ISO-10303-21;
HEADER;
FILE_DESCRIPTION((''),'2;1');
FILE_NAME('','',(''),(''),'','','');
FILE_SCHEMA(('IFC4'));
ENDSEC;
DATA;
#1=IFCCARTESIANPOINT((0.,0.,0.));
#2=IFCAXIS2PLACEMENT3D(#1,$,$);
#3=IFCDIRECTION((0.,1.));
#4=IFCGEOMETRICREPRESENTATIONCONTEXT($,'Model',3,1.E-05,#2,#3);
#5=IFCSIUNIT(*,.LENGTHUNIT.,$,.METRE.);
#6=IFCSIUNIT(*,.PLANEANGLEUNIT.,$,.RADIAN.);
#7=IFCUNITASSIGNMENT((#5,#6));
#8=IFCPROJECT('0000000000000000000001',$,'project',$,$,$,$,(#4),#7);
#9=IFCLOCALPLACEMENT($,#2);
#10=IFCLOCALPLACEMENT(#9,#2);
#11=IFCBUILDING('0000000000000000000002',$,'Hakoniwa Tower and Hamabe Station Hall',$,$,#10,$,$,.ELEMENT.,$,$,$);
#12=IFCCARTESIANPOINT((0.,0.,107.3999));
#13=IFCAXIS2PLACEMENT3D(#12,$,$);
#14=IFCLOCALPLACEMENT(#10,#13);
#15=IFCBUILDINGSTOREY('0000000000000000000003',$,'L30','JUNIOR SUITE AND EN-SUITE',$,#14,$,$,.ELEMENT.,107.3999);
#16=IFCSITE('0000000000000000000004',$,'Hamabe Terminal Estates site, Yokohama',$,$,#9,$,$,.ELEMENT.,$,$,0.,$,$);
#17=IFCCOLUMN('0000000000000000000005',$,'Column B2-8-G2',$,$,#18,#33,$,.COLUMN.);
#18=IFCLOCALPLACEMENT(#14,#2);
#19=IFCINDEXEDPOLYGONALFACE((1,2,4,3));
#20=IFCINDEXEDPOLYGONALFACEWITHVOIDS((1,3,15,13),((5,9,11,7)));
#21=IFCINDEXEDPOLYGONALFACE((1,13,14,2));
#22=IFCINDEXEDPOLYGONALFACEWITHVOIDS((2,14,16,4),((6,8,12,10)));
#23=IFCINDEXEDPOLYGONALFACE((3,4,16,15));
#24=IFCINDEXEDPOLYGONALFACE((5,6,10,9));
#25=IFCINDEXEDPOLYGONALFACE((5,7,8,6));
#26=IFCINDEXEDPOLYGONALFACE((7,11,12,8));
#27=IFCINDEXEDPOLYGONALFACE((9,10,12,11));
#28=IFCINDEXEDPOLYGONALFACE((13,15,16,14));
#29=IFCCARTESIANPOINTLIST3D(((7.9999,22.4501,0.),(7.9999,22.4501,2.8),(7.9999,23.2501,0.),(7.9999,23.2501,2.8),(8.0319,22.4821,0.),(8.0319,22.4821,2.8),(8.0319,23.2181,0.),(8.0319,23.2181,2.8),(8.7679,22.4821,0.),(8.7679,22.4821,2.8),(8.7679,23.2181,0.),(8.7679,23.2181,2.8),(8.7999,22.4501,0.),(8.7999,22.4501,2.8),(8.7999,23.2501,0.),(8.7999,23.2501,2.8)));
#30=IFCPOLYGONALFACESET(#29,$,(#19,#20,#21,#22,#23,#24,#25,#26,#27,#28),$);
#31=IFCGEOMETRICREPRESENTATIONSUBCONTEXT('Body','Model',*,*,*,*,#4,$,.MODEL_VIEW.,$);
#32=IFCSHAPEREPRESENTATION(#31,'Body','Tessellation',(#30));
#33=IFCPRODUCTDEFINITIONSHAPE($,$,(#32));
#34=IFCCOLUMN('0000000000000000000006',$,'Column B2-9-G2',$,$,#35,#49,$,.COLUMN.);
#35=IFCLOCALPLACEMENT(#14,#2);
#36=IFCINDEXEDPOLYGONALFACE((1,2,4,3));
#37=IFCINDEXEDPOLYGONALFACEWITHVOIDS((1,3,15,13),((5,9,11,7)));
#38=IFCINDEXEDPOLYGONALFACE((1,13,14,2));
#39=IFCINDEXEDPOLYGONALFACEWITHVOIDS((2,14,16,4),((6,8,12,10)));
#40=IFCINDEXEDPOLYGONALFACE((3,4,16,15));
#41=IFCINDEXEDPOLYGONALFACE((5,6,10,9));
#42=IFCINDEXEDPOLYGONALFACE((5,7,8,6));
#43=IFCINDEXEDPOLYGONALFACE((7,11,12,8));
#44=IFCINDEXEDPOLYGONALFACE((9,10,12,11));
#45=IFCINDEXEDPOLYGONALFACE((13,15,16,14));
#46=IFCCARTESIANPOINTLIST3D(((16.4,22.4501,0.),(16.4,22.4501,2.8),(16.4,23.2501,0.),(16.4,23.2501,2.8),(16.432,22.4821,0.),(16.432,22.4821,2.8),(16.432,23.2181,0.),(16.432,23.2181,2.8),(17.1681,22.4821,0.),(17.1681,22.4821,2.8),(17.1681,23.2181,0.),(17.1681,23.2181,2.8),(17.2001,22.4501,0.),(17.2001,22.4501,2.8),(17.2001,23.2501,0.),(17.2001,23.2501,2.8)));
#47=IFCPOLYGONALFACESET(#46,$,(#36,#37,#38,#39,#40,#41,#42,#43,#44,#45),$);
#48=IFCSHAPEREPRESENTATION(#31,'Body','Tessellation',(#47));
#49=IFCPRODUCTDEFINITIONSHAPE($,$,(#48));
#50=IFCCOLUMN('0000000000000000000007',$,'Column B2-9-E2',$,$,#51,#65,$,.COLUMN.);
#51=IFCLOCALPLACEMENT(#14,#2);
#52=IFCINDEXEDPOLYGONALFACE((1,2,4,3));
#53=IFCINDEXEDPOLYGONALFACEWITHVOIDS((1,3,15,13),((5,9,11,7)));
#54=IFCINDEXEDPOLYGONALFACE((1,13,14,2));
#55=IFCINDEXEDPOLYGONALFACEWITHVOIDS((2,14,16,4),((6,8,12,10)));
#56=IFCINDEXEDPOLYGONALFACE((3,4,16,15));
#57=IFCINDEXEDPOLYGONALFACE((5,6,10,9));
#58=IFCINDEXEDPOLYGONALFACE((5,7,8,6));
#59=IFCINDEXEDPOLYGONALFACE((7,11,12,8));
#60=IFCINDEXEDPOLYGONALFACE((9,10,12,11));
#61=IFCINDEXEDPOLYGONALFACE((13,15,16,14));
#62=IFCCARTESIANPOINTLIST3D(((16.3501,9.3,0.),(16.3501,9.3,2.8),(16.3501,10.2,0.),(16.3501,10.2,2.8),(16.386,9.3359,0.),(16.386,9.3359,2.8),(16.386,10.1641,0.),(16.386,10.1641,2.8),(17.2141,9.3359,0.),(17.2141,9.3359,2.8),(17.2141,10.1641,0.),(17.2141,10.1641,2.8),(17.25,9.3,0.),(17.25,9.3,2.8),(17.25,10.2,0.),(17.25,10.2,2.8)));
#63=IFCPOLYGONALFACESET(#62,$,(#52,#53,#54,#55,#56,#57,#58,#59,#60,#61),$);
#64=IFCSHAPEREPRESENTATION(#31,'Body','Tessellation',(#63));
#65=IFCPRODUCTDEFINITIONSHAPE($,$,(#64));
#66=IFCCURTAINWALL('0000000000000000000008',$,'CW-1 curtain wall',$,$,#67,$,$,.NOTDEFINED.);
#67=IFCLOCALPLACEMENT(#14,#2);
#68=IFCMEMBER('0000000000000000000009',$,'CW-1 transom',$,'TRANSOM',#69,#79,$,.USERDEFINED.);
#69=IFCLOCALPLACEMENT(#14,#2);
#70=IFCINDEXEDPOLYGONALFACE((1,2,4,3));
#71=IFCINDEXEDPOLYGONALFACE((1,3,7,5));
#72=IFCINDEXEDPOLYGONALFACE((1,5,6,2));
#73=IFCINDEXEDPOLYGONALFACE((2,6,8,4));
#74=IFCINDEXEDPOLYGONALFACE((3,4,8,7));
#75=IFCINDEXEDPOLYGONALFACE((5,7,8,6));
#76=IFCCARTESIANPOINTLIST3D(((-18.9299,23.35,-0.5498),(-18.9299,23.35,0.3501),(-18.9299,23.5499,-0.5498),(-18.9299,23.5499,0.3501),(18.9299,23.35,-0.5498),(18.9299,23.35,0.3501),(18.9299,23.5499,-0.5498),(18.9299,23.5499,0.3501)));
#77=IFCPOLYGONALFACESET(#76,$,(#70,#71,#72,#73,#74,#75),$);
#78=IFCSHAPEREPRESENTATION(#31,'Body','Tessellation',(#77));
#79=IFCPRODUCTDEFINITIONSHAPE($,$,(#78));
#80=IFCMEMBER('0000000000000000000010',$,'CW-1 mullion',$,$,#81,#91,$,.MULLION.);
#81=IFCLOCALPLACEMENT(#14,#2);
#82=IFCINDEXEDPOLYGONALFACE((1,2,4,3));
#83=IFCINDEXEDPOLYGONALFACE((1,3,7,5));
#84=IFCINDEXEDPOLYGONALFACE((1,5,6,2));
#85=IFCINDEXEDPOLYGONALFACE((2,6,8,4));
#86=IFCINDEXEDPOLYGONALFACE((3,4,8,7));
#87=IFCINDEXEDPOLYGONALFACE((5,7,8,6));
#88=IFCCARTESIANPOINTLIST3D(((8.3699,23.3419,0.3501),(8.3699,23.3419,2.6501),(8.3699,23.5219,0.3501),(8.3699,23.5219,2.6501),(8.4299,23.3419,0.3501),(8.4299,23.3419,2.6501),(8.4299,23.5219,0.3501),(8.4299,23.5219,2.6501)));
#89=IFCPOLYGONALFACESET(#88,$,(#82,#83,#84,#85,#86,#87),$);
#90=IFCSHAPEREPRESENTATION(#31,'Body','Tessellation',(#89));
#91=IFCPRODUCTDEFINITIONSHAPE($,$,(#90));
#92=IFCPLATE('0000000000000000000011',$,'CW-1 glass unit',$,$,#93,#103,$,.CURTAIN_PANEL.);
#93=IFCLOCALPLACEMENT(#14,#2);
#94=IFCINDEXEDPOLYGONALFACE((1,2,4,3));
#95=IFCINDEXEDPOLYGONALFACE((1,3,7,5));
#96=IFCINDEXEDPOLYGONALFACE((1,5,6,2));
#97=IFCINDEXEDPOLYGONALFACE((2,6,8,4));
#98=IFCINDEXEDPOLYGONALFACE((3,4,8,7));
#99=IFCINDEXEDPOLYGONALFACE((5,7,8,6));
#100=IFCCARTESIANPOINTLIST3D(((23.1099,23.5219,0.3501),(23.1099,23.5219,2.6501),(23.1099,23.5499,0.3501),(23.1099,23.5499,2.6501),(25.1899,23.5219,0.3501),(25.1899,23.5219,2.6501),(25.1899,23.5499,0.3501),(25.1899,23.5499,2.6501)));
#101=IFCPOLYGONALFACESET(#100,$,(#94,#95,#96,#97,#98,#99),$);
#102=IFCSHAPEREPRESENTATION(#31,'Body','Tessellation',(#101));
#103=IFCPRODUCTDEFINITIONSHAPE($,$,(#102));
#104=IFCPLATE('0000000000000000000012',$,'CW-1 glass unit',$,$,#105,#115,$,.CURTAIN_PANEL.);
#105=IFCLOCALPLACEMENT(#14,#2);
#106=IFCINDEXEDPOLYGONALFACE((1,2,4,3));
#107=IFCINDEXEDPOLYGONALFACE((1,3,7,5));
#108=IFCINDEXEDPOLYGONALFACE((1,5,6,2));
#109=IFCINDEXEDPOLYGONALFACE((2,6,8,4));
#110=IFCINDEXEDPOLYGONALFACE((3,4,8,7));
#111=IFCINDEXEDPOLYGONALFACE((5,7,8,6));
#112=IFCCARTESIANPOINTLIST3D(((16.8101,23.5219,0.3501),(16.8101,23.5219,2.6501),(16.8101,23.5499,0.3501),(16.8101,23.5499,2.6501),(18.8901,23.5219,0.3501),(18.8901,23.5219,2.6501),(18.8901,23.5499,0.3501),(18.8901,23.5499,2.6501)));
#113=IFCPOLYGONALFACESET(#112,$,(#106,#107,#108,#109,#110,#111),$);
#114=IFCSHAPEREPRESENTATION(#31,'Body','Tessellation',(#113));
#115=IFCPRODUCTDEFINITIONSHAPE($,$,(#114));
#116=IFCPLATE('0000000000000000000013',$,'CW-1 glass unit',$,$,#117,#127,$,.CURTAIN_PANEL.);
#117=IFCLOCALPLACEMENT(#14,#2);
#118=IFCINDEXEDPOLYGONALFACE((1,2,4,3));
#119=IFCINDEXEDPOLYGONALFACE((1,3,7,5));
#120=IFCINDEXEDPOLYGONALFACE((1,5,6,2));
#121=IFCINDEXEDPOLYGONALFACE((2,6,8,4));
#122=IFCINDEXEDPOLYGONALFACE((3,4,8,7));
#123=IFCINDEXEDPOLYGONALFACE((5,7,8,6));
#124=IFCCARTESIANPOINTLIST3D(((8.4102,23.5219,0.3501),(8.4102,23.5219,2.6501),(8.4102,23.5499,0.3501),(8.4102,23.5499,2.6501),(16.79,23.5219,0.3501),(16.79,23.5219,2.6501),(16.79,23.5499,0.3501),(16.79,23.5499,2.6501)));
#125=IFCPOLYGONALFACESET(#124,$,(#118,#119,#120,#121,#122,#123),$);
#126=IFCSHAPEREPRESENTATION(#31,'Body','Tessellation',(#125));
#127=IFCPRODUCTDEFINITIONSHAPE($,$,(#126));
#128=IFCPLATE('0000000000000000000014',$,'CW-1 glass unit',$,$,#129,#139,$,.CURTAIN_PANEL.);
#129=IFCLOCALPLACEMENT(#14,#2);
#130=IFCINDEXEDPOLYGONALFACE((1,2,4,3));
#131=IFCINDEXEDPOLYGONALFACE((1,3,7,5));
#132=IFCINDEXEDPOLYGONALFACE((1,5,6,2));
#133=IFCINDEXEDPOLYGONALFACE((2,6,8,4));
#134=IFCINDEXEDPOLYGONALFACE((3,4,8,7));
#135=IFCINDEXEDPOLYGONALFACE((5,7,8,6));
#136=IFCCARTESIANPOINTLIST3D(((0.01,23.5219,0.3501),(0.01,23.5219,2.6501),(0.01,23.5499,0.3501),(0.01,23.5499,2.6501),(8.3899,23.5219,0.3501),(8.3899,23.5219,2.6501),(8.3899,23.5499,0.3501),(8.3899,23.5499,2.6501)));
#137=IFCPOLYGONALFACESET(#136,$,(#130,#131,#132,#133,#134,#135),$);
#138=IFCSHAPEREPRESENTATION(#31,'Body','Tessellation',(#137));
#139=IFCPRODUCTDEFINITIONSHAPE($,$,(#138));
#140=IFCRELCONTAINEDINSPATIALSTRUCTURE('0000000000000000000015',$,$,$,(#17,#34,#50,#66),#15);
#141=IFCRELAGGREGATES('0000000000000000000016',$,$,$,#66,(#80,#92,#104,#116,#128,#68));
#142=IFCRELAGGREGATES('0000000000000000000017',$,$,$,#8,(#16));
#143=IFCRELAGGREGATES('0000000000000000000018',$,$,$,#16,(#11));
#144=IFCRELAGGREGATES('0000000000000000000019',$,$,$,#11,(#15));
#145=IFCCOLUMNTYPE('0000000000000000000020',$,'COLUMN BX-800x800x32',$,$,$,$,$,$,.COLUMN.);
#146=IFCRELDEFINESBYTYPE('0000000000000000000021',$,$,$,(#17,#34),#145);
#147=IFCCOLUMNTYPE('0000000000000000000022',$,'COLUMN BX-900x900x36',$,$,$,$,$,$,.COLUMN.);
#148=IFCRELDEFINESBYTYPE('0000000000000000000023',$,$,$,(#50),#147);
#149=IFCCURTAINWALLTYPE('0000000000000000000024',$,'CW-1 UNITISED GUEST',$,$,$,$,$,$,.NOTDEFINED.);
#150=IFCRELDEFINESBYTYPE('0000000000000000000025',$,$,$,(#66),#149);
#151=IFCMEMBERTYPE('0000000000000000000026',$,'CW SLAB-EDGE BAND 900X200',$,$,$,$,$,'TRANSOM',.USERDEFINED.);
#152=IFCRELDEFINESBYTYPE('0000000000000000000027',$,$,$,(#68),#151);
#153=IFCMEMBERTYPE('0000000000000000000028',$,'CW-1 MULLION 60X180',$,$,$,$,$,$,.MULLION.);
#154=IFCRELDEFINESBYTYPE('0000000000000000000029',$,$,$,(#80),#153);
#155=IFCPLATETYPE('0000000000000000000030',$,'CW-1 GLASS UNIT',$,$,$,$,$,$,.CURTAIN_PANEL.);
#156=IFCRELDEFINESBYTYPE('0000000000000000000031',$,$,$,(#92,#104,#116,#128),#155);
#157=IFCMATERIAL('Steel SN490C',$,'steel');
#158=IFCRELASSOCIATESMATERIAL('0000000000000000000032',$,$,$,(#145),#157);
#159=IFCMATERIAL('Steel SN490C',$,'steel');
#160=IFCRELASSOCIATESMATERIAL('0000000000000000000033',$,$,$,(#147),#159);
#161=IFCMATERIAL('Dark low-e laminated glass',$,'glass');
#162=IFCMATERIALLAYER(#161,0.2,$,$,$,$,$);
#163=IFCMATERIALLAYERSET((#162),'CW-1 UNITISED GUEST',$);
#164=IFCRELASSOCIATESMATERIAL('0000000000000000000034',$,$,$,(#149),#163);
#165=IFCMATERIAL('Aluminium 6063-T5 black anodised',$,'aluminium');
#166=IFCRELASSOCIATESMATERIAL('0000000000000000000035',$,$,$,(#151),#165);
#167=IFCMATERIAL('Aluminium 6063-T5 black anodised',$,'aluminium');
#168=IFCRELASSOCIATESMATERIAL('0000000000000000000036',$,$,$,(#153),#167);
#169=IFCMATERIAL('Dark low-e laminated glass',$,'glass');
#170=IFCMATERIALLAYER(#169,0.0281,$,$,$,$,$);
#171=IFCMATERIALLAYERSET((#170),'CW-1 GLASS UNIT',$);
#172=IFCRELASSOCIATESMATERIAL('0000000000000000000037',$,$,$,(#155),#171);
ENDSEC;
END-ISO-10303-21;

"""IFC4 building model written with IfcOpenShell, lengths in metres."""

from ifc_helpers import new_model, si_unit, direction, frame, origin, origin_2d, place, context, subcontext, project, spatial, rectangle, hollow_rectangle, extrude, material, layer, layer_set, material_profile, profile_set, type_object, element, aggregate, save


model = new_model("IFC4")

# Units and contexts
model_context = context("Model", 3, precision=1e-05, world=origin(), true_north=direction((0.0, 1.0)))
body_context = subcontext(model_context, "Body", "Model", "MODEL_VIEW")
ifc_project = project(units=[si_unit("LENGTHUNIT", "METRE"), si_unit("PLANEANGLEUNIT", "RADIAN")], contexts=[model_context])

# Site, building, storey
site_placement = place(None, origin())
site = spatial("IfcSite", under=ifc_project, at=site_placement, Name="Hamabe Terminal Estates site, Yokohama", CompositionType="ELEMENT", RefElevation=0.0)
building_placement = place(site_placement, origin())
building = spatial("IfcBuilding", under=site, at=building_placement, Name="Hakoniwa Tower and Hamabe Station Hall", CompositionType="ELEMENT")
storey_placement = place(building_placement, frame((0.0, 0.0, 107.3999)))
storey = spatial("IfcBuildingStorey", under=building, at=storey_placement, Name="L30", Description="JUNIOR SUITE AND EN-SUITE", CompositionType="ELEMENT", Elevation=107.3999)

# Columns
ifc_material_1 = material(Name="Steel SN490C", Category="steel")
ifc_material_profile_1 = material_profile(ifc_material_1, hollow_rectangle(XDim=0.8, YDim=0.8, WallThickness=0.032, at=origin_2d()), Name="BX-800x800x32")
ifc_profile_set_1 = profile_set([ifc_material_profile_1], Name="Steel SN490C")
column_type_1 = type_object("IfcColumnType", Name="COLUMN BX-800x800x32", PredefinedType="COLUMN", material=ifc_profile_set_1)
for number, where, z_axis, x_axis, name in (
    (1, (8.3999, 22.8501, 0.0), (0.0, 0.0, 1.0), (1.0, 0.0, 0.0), "Column B2-8-G2"),
    (2, (16.8, 22.8501, 0.0), (0.0, 0.0, 1.0), (1.0, 0.0, 0.0), "Column B2-9-G2"),
):
    element("IfcColumn", number, at=place(storey_placement, frame(where, z_axis=z_axis, x_axis=x_axis)), inside=storey, type_object=column_type_1, Name=name, PredefinedType="COLUMN", context=body_context, shape_type="SweptSolid", body=[
        extrude(hollow_rectangle(XDim=0.8, YDim=0.8, WallThickness=0.032, at=origin_2d()), origin(), (0.0, 0.0, 1.0), 2.8),
    ])
ifc_material_2 = material(Name="Steel SN490C", Category="steel")
ifc_material_profile_2 = material_profile(ifc_material_2, hollow_rectangle(XDim=0.8999, YDim=0.8999, WallThickness=0.0359, at=origin_2d()), Name="BX-900x900x36")
ifc_profile_set_2 = profile_set([ifc_material_profile_2], Name="Steel SN490C")
column_type_2 = type_object("IfcColumnType", Name="COLUMN BX-900x900x36", PredefinedType="COLUMN", material=ifc_profile_set_2)
column_placement = place(storey_placement, frame((16.8, 9.75, 0.0), z_axis=(0.0, 0.0, 1.0), x_axis=(1.0, 0.0, 0.0)))
element("IfcColumn", 3, at=column_placement, inside=storey, type_object=column_type_2, Name="Column B2-9-E2", PredefinedType="COLUMN", context=body_context, shape_type="SweptSolid", body=[
    extrude(hollow_rectangle(XDim=0.8999, YDim=0.8999, WallThickness=0.0359, at=origin_2d()), origin(), (0.0, 0.0, 1.0), 2.8),
])

# Curtain wall, members, plates
ifc_material_3 = material(Name="Dark low-e laminated glass", Category="glass")
ifc_layer_1 = layer(ifc_material_3, 0.2)
ifc_layer_set_1 = layer_set([ifc_layer_1], Name="CW-1 UNITISED GUEST")
curtain_wall_type = type_object("IfcCurtainWallType", Name="CW-1 UNITISED GUEST", PredefinedType="NOTDEFINED", material=ifc_layer_set_1)
curtain_wall_placement = place(storey_placement, origin())
curtain_wall = element("IfcCurtainWall", 4, at=curtain_wall_placement, inside=storey, type_object=curtain_wall_type, Name="CW-1 curtain wall", PredefinedType="NOTDEFINED")
ifc_material_4 = material(Name="Aluminium 6063-T5 black anodised", Category="aluminium")
ifc_material_profile_3 = material_profile(ifc_material_4, rectangle(XDim=0.2, YDim=0.8999, at=origin_2d()), Name="CW SLAB-EDGE BAND 900X200")
ifc_profile_set_3 = profile_set([ifc_material_profile_3], Name="Aluminium 6063-T5 black anodised")
member_type_1 = type_object("IfcMemberType", Name="CW SLAB-EDGE BAND 900X200", ElementType="TRANSOM", PredefinedType="USERDEFINED", material=ifc_profile_set_3)
member_1_placement = place(storey_placement, frame((18.9299, 23.45, -0.0999), z_axis=(-1.0, 0.0, 0.0), x_axis=(0.0, -1.0, 0.0)))
member_1 = element("IfcMember", 5, at=member_1_placement, type_object=member_type_1, Name="CW-1 transom", ObjectType="TRANSOM", PredefinedType="USERDEFINED", context=body_context, shape_type="SweptSolid", body=[
    extrude(rectangle(XDim=0.2, YDim=0.8999, at=origin_2d()), origin(), (0.0, 0.0, 1.0), 37.8599),
])
ifc_material_5 = material(Name="Aluminium 6063-T5 black anodised", Category="aluminium")
ifc_material_profile_4 = material_profile(ifc_material_5, rectangle(XDim=0.0601, YDim=0.1799, at=origin_2d()), Name="CW-1 MULLION 60X180")
ifc_profile_set_4 = profile_set([ifc_material_profile_4], Name="Aluminium 6063-T5 black anodised")
member_type_2 = type_object("IfcMemberType", Name="CW-1 MULLION 60X180", PredefinedType="MULLION", material=ifc_profile_set_4)
member_2_placement = place(storey_placement, frame((8.3999, 23.4319, 0.3501), z_axis=(0.0, 0.0, 1.0), x_axis=(-1.0, 0.0, 0.0)))
member_2 = element("IfcMember", 6, at=member_2_placement, type_object=member_type_2, Name="CW-1 mullion", PredefinedType="MULLION", context=body_context, shape_type="SweptSolid", body=[
    extrude(rectangle(XDim=0.0601, YDim=0.1799, at=origin_2d()), origin(), (0.0, 0.0, 1.0), 2.3),
])
ifc_material_6 = material(Name="Dark low-e laminated glass", Category="glass")
ifc_layer_2 = layer(ifc_material_6, 0.0281)
ifc_layer_set_2 = layer_set([ifc_layer_2], Name="CW-1 GLASS UNIT")
plate_type = type_object("IfcPlateType", Name="CW-1 GLASS UNIT", PredefinedType="CURTAIN_PANEL", material=ifc_layer_set_2)
plate_1_placement = place(storey_placement, frame((24.1499, 23.5359, 0.3501), z_axis=(0.0, 0.0, 1.0), x_axis=(-1.0, 0.0, 0.0)))
plate_1 = element("IfcPlate", 7, at=plate_1_placement, type_object=plate_type, Name="CW-1 glass unit", PredefinedType="CURTAIN_PANEL", context=body_context, shape_type="SweptSolid", body=[
    extrude(rectangle(XDim=2.0801, YDim=0.0281, at=origin_2d()), origin(), (0.0, 0.0, 1.0), 2.3),
])
plate_2_placement = place(storey_placement, frame((17.8501, 23.5359, 0.3501), z_axis=(0.0, 0.0, 1.0), x_axis=(-1.0, 0.0, 0.0)))
plate_2 = element("IfcPlate", 8, at=plate_2_placement, type_object=plate_type, Name="CW-1 glass unit", PredefinedType="CURTAIN_PANEL", context=body_context, shape_type="SweptSolid", body=[
    extrude(rectangle(XDim=2.0801, YDim=0.0281, at=origin_2d()), origin(), (0.0, 0.0, 1.0), 2.3),
])
plate_3_placement = place(storey_placement, frame((12.6001, 23.5359, 0.3501), z_axis=(0.0, 0.0, 1.0), x_axis=(-1.0, 0.0, 0.0)))
plate_3 = element("IfcPlate", 9, at=plate_3_placement, type_object=plate_type, Name="CW-1 glass unit", PredefinedType="CURTAIN_PANEL", context=body_context, shape_type="SweptSolid", body=[
    extrude(rectangle(XDim=8.3799, YDim=0.0281, at=origin_2d()), origin(), (0.0, 0.0, 1.0), 2.3),
])
plate_4_placement = place(storey_placement, frame((4.2, 23.5359, 0.3501), z_axis=(0.0, 0.0, 1.0), x_axis=(-1.0, 0.0, 0.0)))
plate_4 = element("IfcPlate", 10, at=plate_4_placement, type_object=plate_type, Name="CW-1 glass unit", PredefinedType="CURTAIN_PANEL", context=body_context, shape_type="SweptSolid", body=[
    extrude(rectangle(XDim=8.3799, YDim=0.0281, at=origin_2d()), origin(), (0.0, 0.0, 1.0), 2.3),
])

aggregate(curtain_wall, [member_2, plate_1, plate_2, plate_3, plate_4, member_1])

save(model, "model.ifc")
